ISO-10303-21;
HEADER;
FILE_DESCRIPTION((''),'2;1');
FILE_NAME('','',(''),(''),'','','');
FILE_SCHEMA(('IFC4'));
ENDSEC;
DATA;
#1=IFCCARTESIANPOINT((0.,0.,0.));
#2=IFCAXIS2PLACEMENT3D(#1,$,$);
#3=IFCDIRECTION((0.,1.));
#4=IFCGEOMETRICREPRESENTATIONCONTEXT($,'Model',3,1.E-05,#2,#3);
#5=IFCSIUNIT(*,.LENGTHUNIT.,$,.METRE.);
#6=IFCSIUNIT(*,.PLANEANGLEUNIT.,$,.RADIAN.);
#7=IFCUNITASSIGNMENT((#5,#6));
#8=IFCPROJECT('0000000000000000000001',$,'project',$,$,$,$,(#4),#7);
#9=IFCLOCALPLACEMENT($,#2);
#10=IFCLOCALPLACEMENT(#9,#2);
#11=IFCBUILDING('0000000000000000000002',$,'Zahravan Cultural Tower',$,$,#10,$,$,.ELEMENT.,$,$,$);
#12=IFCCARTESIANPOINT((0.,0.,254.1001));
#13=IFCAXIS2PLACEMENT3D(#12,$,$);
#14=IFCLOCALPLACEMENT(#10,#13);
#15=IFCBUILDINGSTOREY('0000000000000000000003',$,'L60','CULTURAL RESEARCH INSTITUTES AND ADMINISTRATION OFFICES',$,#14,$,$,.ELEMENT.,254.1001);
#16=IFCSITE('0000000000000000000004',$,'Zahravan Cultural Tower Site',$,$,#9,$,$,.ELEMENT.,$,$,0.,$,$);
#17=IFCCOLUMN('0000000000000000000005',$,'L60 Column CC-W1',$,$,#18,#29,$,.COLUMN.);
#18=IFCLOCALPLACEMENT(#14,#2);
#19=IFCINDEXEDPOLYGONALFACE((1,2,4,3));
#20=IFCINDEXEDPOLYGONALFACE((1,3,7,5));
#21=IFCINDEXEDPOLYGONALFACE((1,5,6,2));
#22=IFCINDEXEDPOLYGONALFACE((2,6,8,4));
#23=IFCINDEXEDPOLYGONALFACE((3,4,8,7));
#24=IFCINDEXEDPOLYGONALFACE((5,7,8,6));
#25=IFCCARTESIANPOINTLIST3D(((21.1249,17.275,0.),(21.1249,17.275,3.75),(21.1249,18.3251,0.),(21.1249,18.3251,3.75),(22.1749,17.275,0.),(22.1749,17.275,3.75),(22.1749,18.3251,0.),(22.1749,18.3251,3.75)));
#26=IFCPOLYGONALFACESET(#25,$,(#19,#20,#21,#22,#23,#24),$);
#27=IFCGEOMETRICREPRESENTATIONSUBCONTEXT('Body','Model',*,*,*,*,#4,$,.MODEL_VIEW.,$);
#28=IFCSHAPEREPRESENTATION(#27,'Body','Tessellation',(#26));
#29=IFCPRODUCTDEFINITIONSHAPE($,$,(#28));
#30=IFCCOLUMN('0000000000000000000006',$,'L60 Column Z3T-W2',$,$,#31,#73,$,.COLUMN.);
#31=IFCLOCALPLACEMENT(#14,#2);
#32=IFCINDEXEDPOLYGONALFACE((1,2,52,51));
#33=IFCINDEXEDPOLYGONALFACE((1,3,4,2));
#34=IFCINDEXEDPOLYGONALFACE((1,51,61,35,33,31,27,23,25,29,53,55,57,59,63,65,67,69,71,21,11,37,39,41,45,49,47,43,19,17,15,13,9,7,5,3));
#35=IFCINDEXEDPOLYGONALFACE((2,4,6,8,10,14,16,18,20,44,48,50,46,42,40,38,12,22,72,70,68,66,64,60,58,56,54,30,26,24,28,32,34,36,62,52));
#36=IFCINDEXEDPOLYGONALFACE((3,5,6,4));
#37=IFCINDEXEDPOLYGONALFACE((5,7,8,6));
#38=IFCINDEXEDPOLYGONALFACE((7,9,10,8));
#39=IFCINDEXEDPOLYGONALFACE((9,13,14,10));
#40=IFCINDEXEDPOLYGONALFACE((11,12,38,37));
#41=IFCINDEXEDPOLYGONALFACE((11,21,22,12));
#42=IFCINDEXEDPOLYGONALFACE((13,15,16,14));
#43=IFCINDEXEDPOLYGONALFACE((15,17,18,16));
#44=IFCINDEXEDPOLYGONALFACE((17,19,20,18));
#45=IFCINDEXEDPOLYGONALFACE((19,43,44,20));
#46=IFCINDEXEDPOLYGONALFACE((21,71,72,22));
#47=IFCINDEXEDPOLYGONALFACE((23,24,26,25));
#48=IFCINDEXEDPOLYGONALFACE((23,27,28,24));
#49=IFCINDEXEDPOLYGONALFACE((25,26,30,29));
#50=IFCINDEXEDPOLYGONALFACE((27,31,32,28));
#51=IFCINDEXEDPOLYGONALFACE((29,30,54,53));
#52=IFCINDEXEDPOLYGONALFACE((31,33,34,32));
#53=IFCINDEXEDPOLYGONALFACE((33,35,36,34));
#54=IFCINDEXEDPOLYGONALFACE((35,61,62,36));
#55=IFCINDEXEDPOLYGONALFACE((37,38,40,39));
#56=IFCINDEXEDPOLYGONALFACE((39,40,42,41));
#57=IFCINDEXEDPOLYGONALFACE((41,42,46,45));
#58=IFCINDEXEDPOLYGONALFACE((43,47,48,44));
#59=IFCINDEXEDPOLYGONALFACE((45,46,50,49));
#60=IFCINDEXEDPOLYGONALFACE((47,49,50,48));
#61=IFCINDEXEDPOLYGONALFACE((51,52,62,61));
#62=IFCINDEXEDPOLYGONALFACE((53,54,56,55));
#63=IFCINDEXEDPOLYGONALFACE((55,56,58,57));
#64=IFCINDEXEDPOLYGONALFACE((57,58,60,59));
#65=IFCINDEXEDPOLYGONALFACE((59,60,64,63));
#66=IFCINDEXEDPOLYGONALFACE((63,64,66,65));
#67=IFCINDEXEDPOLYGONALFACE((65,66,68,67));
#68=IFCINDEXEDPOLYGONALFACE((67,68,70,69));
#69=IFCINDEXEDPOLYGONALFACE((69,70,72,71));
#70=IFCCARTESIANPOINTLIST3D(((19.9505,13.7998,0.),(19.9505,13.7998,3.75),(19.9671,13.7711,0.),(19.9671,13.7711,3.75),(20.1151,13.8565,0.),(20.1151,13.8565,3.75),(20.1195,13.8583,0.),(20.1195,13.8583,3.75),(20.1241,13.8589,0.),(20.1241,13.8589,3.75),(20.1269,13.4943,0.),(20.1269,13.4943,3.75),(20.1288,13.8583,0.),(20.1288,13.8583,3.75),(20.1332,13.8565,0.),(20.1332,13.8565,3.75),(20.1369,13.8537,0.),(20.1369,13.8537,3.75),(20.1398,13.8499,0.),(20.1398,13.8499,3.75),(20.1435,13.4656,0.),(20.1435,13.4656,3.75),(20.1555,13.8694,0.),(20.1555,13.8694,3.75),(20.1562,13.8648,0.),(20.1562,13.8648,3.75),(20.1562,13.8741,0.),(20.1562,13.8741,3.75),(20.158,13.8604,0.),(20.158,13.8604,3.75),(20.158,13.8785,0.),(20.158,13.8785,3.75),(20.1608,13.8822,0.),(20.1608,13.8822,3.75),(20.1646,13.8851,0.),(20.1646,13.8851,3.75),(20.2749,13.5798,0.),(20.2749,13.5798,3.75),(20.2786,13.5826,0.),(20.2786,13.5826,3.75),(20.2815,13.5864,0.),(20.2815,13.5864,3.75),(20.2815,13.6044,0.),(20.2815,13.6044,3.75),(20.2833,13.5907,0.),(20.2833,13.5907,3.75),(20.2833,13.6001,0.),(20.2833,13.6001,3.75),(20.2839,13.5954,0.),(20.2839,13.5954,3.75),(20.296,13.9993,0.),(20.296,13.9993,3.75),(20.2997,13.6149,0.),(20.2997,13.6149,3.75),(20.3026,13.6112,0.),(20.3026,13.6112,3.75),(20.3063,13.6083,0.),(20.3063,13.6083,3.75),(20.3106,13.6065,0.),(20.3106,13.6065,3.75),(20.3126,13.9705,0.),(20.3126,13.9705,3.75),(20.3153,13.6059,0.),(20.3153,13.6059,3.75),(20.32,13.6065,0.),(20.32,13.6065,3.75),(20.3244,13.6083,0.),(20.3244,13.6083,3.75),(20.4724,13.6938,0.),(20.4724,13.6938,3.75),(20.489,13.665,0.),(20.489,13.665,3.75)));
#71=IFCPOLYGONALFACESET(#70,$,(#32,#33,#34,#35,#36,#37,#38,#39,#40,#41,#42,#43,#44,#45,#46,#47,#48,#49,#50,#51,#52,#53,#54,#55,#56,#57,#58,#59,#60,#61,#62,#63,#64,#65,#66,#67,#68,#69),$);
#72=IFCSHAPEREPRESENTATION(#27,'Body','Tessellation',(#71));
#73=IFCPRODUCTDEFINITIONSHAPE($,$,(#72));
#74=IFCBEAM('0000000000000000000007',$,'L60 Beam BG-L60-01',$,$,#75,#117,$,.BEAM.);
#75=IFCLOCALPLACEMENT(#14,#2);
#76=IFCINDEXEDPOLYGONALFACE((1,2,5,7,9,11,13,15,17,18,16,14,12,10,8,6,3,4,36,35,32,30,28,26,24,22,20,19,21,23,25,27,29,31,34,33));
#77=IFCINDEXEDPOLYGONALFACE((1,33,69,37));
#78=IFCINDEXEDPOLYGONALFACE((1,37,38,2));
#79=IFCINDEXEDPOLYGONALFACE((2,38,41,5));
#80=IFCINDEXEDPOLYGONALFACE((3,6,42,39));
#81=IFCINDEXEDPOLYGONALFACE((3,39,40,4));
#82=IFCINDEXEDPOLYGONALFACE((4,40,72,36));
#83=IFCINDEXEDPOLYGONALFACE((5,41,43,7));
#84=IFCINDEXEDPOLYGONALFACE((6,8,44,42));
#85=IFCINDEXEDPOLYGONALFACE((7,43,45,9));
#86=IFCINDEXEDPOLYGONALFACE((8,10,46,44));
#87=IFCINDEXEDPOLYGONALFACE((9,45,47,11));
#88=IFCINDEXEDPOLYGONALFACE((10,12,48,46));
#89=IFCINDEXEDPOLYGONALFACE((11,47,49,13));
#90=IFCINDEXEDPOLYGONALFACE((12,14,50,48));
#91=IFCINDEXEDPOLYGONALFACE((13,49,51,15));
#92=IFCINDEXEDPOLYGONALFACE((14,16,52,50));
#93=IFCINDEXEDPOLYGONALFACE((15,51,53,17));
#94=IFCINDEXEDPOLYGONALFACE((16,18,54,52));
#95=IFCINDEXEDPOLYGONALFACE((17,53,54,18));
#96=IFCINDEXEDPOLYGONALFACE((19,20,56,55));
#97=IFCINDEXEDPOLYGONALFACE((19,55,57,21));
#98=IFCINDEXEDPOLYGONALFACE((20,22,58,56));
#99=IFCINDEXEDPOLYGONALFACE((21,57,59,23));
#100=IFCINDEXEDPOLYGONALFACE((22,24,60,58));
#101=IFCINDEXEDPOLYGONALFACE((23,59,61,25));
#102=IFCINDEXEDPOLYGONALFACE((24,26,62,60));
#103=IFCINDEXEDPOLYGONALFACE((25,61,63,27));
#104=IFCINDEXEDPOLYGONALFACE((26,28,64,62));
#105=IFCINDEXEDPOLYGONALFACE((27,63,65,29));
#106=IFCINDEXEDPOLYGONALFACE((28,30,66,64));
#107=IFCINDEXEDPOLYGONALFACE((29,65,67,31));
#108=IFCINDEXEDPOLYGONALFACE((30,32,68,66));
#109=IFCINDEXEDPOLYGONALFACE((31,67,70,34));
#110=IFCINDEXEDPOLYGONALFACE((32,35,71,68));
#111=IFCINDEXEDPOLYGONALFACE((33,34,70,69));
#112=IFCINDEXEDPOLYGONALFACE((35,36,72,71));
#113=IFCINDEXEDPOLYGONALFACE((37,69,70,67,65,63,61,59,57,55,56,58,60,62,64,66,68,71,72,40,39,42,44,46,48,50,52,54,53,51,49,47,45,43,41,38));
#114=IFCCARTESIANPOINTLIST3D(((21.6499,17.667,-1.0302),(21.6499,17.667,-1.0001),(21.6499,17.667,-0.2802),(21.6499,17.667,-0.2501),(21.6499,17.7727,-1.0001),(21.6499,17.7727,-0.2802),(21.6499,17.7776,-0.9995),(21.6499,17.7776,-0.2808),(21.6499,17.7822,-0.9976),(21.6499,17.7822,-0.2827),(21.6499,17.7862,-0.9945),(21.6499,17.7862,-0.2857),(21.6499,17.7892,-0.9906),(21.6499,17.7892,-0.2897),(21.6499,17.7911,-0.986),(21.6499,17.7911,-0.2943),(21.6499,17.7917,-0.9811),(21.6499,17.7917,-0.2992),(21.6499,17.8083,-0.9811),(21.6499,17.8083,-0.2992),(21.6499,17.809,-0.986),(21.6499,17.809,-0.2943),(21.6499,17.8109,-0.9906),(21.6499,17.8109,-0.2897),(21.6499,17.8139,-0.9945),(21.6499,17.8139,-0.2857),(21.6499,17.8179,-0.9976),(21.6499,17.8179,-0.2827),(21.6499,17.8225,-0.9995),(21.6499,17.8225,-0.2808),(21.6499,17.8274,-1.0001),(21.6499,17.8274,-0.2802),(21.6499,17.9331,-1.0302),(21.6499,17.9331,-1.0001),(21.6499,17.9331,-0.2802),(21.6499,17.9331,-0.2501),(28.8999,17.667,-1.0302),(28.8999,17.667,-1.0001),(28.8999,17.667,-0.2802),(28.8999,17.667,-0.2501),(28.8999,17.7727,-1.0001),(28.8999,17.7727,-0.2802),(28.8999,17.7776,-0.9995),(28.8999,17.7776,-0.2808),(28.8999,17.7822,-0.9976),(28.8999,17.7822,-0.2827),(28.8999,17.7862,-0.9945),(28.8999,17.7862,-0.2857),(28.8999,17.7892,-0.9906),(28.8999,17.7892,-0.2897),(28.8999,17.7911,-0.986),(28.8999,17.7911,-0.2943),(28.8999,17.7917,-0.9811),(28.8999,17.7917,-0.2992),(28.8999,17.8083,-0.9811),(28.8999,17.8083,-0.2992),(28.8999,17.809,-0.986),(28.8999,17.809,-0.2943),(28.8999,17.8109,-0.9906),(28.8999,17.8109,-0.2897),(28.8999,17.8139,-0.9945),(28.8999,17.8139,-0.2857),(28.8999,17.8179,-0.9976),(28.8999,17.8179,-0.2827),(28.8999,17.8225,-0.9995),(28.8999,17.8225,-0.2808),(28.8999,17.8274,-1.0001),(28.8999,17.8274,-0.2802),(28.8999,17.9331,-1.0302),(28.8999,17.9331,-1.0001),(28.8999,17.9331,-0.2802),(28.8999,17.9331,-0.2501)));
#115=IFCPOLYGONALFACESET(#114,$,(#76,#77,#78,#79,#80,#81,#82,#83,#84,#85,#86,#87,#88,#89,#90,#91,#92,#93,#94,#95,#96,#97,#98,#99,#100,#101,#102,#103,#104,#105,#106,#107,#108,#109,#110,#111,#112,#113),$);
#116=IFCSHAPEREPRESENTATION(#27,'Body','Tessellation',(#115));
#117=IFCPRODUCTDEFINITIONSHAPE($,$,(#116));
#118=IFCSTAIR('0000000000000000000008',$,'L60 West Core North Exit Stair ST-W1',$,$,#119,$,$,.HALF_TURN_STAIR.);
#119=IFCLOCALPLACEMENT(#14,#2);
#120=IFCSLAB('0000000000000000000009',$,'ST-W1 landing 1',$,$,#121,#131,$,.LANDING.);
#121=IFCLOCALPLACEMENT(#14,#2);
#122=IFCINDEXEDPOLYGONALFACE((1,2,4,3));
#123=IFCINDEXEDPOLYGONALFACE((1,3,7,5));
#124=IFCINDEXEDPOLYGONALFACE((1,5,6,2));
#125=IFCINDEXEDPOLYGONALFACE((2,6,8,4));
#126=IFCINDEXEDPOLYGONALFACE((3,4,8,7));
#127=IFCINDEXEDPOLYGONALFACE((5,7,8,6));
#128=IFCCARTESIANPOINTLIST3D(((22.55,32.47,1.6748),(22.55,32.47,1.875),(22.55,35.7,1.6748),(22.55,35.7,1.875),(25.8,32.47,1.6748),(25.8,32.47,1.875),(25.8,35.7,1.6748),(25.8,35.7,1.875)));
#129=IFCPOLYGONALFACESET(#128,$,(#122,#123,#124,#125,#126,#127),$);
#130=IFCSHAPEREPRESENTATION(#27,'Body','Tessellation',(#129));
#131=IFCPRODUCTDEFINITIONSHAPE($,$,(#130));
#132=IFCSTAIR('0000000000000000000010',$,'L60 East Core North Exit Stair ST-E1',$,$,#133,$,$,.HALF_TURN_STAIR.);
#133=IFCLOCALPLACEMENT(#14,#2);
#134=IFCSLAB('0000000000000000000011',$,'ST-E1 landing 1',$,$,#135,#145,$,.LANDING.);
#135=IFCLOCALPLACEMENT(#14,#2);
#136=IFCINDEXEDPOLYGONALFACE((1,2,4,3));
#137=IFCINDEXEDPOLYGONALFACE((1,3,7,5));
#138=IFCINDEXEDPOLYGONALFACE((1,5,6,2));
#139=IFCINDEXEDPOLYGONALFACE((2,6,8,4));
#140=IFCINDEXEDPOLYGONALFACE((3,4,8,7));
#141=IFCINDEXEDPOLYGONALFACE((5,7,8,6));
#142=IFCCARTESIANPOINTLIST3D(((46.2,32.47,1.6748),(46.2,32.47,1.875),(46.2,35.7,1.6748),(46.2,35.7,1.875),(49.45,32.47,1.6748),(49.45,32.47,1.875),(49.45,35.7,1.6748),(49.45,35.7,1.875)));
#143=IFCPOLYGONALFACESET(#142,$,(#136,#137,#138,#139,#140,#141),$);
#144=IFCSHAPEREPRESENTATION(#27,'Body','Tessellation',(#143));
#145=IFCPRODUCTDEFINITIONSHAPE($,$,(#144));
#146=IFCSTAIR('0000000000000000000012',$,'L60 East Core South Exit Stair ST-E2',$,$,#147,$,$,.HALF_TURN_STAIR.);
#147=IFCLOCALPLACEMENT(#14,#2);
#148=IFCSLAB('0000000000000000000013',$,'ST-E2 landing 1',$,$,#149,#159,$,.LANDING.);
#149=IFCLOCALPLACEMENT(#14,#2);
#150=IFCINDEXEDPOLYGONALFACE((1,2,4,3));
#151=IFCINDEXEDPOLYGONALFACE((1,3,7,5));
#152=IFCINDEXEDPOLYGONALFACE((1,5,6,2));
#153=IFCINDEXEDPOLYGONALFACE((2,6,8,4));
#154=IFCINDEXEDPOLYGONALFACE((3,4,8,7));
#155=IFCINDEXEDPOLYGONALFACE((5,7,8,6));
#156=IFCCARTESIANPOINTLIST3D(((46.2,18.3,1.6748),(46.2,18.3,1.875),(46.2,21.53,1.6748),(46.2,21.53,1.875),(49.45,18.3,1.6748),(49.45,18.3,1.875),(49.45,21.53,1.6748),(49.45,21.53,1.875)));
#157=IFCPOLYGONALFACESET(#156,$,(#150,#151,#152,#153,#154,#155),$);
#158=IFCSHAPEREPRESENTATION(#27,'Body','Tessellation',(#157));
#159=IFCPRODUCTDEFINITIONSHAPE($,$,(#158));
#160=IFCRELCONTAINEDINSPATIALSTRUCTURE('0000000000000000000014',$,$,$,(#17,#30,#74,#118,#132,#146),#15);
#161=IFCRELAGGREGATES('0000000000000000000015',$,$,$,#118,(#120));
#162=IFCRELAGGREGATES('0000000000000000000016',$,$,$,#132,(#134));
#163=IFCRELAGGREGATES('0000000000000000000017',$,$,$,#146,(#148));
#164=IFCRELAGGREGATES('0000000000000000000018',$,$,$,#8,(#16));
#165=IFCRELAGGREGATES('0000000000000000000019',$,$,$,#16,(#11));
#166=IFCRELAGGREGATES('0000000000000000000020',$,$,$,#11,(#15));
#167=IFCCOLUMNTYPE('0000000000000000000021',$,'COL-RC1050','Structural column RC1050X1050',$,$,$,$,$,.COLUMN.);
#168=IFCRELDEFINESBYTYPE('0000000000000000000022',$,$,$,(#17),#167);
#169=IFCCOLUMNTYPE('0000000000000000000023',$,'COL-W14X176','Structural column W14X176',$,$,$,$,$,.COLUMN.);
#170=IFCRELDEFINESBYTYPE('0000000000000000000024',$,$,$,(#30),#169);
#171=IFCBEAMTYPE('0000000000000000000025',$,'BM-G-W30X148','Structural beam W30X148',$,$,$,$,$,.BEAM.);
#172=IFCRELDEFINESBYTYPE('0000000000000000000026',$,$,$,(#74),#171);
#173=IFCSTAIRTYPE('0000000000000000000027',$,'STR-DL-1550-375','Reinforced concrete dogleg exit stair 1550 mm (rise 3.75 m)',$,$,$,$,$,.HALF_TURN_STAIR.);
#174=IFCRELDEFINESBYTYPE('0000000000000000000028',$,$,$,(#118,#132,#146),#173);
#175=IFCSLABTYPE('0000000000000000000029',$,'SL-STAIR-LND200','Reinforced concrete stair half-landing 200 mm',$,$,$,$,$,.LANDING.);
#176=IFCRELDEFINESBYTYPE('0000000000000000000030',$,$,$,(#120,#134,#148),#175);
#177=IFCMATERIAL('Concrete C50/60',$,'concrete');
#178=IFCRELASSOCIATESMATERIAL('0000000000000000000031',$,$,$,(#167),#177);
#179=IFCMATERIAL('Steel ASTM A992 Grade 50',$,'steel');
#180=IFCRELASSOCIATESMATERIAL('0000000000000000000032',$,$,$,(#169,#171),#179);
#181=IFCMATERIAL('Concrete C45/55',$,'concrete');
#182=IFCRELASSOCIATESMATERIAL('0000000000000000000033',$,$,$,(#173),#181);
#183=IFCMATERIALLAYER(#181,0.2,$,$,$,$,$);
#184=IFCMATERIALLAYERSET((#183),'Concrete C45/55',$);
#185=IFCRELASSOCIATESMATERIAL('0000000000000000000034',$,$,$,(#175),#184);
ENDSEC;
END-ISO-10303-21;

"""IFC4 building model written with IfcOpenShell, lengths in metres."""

from ifc_helpers import new_model, si_unit, direction, frame, origin, origin_2d, place, context, subcontext, project, spatial, polyline, rectangle, i_section, outline, extrude, source, transform, mapped, material, layer, layer_set, material_profile, profile_set, type_object, element, aggregate, save


model = new_model("IFC4")

# Units and contexts
model_context = context("Model", 3, precision=1e-05, world=origin(), true_north=direction((0.0, 1.0)))
body_context = subcontext(model_context, "Body", "Model", "MODEL_VIEW")
ifc_project = project(units=[si_unit("LENGTHUNIT", "METRE"), si_unit("PLANEANGLEUNIT", "RADIAN")], contexts=[model_context])

# Site, building, storey
site_placement = place(None, origin())
site = spatial("IfcSite", under=ifc_project, at=site_placement, Name="Zahravan Cultural Tower Site", CompositionType="ELEMENT", RefElevation=0.0)
building_placement = place(site_placement, origin())
building = spatial("IfcBuilding", under=site, at=building_placement, Name="Zahravan Cultural Tower", CompositionType="ELEMENT")
storey_placement = place(building_placement, frame((0.0, 0.0, 254.1001)))
storey = spatial("IfcBuildingStorey", under=building, at=storey_placement, Name="L60", Description="CULTURAL RESEARCH INSTITUTES AND ADMINISTRATION OFFICES", CompositionType="ELEMENT", Elevation=254.1001)

# Columns
ifc_material_1 = material(Name="Concrete C50/60", Category="concrete")
ifc_material_profile_1 = material_profile(ifc_material_1, rectangle(XDim=1.05, YDim=1.05, at=origin_2d()), Name="RC1050X1050")
ifc_profile_set_1 = profile_set([ifc_material_profile_1], Name="Concrete C50/60")
column_type_1 = type_object("IfcColumnType", Name="COL-RC1050", Description="Structural column RC1050X1050", PredefinedType="COLUMN", material=ifc_profile_set_1)
shared_shape_1 = source(origin(), body_context, "Body", "SweptSolid", [
    extrude(rectangle(XDim=1.05, YDim=1.05, at=origin_2d()), origin(), (0.0, 0.0, 1.0), 3.75),
])
column_1_placement = place(storey_placement, frame((21.6499, 17.8, 0.0), z_axis=(0.0, 0.0, 1.0), x_axis=(1.0, 0.0, 0.0)))
element("IfcColumn", 1, at=column_1_placement, inside=storey, type_object=column_type_1, Name="L60 Column CC-W1", PredefinedType="COLUMN", context=body_context, shape_type="MappedRepresentation", body=[
    mapped(shared_shape_1, transform((0.0, 0.0, 0.0), x_axis=(1.0, 0.0, 0.0), y_axis=(0.0, 1.0, 0.0), z_axis=(0.0, 0.0, 1.0), scale=1.0)),
])
ifc_material_2 = material(Name="Steel ASTM A992 Grade 50", Category="steel")
ifc_material_profile_2 = material_profile(ifc_material_2, i_section(OverallWidth=0.3989, OverallDepth=0.386, WebThickness=0.021, FlangeThickness=0.0332, FilletRadius=0.0181, at=origin_2d()), Name="W14X176")
ifc_profile_set_2 = profile_set([ifc_material_profile_2], Name="Steel ASTM A992 Grade 50")
column_type_2 = type_object("IfcColumnType", Name="COL-W14X176", Description="Structural column W14X176", PredefinedType="COLUMN", material=ifc_profile_set_2)
shared_shape_2 = source(origin(), body_context, "Body", "SweptSolid", [
    extrude(i_section(OverallWidth=0.3989, OverallDepth=0.386, WebThickness=0.021, FlangeThickness=0.0332, FilletRadius=0.0181, at=origin_2d()), origin(), (0.0, 0.0, 1.0), 3.75),
])
column_2_placement = place(storey_placement, frame((20.2197, 13.7324, 0.0), z_axis=(0.0, 0.0, 1.0), x_axis=(0.866025, 0.5, 0.0)))
element("IfcColumn", 2, at=column_2_placement, inside=storey, type_object=column_type_2, Name="L60 Column Z3T-W2", PredefinedType="COLUMN", context=body_context, shape_type="MappedRepresentation", body=[
    mapped(shared_shape_2, transform((0.0, 0.0, 0.0), x_axis=(1.0, 0.0, 0.0), y_axis=(0.0, 1.0, 0.0), z_axis=(0.0, 0.0, 1.0), scale=1.0)),
])

# Beam
ifc_material_profile_3 = material_profile(ifc_material_2, i_section(OverallWidth=0.2661, OverallDepth=0.78, WebThickness=0.0166, FlangeThickness=0.03, FilletRadius=0.019, at=origin_2d()), Name="W30X148")
ifc_profile_set_3 = profile_set([ifc_material_profile_3], Name="Steel ASTM A992 Grade 50")
beam_type = type_object("IfcBeamType", Name="BM-G-W30X148", Description="Structural beam W30X148", PredefinedType="BEAM", material=ifc_profile_set_3)
shared_shape_3 = source(origin(), body_context, "Body", "SweptSolid", [
    extrude(i_section(OverallWidth=0.2661, OverallDepth=0.78, WebThickness=0.0166, FlangeThickness=0.03, FilletRadius=0.019, at=origin_2d()), origin(), (0.0, 0.0, 1.0), 7.25),
])
beam_placement = place(storey_placement, frame((21.6499, 17.8, -0.6401), z_axis=(1.0, 0.0, 0.0), x_axis=(0.0, 1.0, 0.0)))
element("IfcBeam", 3, at=beam_placement, inside=storey, type_object=beam_type, Name="L60 Beam BG-L60-01", PredefinedType="BEAM", context=body_context, shape_type="MappedRepresentation", body=[
    mapped(shared_shape_3, transform((0.0, 0.0, 0.0), x_axis=(1.0, 0.0, 0.0), y_axis=(0.0, 1.0, 0.0), z_axis=(0.0, 0.0, 1.0), scale=1.0)),
])

# Stairs, slabs
ifc_material_3 = material(Name="Concrete C45/55", Category="concrete")
stair_type = type_object("IfcStairType", Name="STR-DL-1550-375", Description="Reinforced concrete dogleg exit stair 1550 mm (rise 3.75 m)", PredefinedType="HALF_TURN_STAIR", material=ifc_material_3)
stair_1_placement = place(storey_placement, origin())
stair_1 = element("IfcStair", 4, at=stair_1_placement, inside=storey, type_object=stair_type, Name="L60 West Core North Exit Stair ST-W1", PredefinedType="HALF_TURN_STAIR")
ifc_layer_1 = layer(ifc_material_3, 0.2)
ifc_layer_set_1 = layer_set([ifc_layer_1], Name="Concrete C45/55")
slab_type_1 = type_object("IfcSlabType", Name="SL-STAIR-LND200", Description="Reinforced concrete stair half-landing 200 mm", PredefinedType="LANDING", material=ifc_layer_set_1)
slab_1_placement = place(storey_placement, frame((0.0, 0.0, 1.6748)))
slab_1 = element("IfcSlab", 5, at=slab_1_placement, type_object=slab_type_1, Name="ST-W1 landing 1", PredefinedType="LANDING", context=body_context, shape_type="SweptSolid", body=[
    extrude(outline(polyline([(25.8, 32.47), (25.8, 35.7), (22.55, 35.7), (22.55, 32.47), (25.8, 32.47)])), origin(), (0.0, 0.0, 1.0), 0.2002),
])
aggregate(stair_1, [slab_1])
stair_2_placement = place(storey_placement, origin())
stair_2 = element("IfcStair", 6, at=stair_2_placement, inside=storey, type_object=stair_type, Name="L60 East Core North Exit Stair ST-E1", PredefinedType="HALF_TURN_STAIR")
slab_2_placement = place(storey_placement, frame((0.0, 0.0, 1.6748)))
slab_2 = element("IfcSlab", 7, at=slab_2_placement, type_object=slab_type_1, Name="ST-E1 landing 1", PredefinedType="LANDING", context=body_context, shape_type="SweptSolid", body=[
    extrude(outline(polyline([(49.45, 32.47), (49.45, 35.7), (46.2, 35.7), (46.2, 32.47), (49.45, 32.47)])), origin(), (0.0, 0.0, 1.0), 0.2002),
])
aggregate(stair_2, [slab_2])
stair_3_placement = place(storey_placement, origin())
stair_3 = element("IfcStair", 8, at=stair_3_placement, inside=storey, type_object=stair_type, Name="L60 East Core South Exit Stair ST-E2", PredefinedType="HALF_TURN_STAIR")
slab_3_placement = place(storey_placement, frame((0.0, 0.0, 1.6748)))
slab_3 = element("IfcSlab", 9, at=slab_3_placement, type_object=slab_type_1, Name="ST-E2 landing 1", PredefinedType="LANDING", context=body_context, shape_type="SweptSolid", body=[
    extrude(outline(polyline([(46.2, 21.53), (46.2, 18.3), (49.45, 18.3), (49.45, 21.53), (46.2, 21.53)])), origin(), (0.0, 0.0, 1.0), 0.2002),
])
aggregate(stair_3, [slab_3])

save(model, "model.ifc")
